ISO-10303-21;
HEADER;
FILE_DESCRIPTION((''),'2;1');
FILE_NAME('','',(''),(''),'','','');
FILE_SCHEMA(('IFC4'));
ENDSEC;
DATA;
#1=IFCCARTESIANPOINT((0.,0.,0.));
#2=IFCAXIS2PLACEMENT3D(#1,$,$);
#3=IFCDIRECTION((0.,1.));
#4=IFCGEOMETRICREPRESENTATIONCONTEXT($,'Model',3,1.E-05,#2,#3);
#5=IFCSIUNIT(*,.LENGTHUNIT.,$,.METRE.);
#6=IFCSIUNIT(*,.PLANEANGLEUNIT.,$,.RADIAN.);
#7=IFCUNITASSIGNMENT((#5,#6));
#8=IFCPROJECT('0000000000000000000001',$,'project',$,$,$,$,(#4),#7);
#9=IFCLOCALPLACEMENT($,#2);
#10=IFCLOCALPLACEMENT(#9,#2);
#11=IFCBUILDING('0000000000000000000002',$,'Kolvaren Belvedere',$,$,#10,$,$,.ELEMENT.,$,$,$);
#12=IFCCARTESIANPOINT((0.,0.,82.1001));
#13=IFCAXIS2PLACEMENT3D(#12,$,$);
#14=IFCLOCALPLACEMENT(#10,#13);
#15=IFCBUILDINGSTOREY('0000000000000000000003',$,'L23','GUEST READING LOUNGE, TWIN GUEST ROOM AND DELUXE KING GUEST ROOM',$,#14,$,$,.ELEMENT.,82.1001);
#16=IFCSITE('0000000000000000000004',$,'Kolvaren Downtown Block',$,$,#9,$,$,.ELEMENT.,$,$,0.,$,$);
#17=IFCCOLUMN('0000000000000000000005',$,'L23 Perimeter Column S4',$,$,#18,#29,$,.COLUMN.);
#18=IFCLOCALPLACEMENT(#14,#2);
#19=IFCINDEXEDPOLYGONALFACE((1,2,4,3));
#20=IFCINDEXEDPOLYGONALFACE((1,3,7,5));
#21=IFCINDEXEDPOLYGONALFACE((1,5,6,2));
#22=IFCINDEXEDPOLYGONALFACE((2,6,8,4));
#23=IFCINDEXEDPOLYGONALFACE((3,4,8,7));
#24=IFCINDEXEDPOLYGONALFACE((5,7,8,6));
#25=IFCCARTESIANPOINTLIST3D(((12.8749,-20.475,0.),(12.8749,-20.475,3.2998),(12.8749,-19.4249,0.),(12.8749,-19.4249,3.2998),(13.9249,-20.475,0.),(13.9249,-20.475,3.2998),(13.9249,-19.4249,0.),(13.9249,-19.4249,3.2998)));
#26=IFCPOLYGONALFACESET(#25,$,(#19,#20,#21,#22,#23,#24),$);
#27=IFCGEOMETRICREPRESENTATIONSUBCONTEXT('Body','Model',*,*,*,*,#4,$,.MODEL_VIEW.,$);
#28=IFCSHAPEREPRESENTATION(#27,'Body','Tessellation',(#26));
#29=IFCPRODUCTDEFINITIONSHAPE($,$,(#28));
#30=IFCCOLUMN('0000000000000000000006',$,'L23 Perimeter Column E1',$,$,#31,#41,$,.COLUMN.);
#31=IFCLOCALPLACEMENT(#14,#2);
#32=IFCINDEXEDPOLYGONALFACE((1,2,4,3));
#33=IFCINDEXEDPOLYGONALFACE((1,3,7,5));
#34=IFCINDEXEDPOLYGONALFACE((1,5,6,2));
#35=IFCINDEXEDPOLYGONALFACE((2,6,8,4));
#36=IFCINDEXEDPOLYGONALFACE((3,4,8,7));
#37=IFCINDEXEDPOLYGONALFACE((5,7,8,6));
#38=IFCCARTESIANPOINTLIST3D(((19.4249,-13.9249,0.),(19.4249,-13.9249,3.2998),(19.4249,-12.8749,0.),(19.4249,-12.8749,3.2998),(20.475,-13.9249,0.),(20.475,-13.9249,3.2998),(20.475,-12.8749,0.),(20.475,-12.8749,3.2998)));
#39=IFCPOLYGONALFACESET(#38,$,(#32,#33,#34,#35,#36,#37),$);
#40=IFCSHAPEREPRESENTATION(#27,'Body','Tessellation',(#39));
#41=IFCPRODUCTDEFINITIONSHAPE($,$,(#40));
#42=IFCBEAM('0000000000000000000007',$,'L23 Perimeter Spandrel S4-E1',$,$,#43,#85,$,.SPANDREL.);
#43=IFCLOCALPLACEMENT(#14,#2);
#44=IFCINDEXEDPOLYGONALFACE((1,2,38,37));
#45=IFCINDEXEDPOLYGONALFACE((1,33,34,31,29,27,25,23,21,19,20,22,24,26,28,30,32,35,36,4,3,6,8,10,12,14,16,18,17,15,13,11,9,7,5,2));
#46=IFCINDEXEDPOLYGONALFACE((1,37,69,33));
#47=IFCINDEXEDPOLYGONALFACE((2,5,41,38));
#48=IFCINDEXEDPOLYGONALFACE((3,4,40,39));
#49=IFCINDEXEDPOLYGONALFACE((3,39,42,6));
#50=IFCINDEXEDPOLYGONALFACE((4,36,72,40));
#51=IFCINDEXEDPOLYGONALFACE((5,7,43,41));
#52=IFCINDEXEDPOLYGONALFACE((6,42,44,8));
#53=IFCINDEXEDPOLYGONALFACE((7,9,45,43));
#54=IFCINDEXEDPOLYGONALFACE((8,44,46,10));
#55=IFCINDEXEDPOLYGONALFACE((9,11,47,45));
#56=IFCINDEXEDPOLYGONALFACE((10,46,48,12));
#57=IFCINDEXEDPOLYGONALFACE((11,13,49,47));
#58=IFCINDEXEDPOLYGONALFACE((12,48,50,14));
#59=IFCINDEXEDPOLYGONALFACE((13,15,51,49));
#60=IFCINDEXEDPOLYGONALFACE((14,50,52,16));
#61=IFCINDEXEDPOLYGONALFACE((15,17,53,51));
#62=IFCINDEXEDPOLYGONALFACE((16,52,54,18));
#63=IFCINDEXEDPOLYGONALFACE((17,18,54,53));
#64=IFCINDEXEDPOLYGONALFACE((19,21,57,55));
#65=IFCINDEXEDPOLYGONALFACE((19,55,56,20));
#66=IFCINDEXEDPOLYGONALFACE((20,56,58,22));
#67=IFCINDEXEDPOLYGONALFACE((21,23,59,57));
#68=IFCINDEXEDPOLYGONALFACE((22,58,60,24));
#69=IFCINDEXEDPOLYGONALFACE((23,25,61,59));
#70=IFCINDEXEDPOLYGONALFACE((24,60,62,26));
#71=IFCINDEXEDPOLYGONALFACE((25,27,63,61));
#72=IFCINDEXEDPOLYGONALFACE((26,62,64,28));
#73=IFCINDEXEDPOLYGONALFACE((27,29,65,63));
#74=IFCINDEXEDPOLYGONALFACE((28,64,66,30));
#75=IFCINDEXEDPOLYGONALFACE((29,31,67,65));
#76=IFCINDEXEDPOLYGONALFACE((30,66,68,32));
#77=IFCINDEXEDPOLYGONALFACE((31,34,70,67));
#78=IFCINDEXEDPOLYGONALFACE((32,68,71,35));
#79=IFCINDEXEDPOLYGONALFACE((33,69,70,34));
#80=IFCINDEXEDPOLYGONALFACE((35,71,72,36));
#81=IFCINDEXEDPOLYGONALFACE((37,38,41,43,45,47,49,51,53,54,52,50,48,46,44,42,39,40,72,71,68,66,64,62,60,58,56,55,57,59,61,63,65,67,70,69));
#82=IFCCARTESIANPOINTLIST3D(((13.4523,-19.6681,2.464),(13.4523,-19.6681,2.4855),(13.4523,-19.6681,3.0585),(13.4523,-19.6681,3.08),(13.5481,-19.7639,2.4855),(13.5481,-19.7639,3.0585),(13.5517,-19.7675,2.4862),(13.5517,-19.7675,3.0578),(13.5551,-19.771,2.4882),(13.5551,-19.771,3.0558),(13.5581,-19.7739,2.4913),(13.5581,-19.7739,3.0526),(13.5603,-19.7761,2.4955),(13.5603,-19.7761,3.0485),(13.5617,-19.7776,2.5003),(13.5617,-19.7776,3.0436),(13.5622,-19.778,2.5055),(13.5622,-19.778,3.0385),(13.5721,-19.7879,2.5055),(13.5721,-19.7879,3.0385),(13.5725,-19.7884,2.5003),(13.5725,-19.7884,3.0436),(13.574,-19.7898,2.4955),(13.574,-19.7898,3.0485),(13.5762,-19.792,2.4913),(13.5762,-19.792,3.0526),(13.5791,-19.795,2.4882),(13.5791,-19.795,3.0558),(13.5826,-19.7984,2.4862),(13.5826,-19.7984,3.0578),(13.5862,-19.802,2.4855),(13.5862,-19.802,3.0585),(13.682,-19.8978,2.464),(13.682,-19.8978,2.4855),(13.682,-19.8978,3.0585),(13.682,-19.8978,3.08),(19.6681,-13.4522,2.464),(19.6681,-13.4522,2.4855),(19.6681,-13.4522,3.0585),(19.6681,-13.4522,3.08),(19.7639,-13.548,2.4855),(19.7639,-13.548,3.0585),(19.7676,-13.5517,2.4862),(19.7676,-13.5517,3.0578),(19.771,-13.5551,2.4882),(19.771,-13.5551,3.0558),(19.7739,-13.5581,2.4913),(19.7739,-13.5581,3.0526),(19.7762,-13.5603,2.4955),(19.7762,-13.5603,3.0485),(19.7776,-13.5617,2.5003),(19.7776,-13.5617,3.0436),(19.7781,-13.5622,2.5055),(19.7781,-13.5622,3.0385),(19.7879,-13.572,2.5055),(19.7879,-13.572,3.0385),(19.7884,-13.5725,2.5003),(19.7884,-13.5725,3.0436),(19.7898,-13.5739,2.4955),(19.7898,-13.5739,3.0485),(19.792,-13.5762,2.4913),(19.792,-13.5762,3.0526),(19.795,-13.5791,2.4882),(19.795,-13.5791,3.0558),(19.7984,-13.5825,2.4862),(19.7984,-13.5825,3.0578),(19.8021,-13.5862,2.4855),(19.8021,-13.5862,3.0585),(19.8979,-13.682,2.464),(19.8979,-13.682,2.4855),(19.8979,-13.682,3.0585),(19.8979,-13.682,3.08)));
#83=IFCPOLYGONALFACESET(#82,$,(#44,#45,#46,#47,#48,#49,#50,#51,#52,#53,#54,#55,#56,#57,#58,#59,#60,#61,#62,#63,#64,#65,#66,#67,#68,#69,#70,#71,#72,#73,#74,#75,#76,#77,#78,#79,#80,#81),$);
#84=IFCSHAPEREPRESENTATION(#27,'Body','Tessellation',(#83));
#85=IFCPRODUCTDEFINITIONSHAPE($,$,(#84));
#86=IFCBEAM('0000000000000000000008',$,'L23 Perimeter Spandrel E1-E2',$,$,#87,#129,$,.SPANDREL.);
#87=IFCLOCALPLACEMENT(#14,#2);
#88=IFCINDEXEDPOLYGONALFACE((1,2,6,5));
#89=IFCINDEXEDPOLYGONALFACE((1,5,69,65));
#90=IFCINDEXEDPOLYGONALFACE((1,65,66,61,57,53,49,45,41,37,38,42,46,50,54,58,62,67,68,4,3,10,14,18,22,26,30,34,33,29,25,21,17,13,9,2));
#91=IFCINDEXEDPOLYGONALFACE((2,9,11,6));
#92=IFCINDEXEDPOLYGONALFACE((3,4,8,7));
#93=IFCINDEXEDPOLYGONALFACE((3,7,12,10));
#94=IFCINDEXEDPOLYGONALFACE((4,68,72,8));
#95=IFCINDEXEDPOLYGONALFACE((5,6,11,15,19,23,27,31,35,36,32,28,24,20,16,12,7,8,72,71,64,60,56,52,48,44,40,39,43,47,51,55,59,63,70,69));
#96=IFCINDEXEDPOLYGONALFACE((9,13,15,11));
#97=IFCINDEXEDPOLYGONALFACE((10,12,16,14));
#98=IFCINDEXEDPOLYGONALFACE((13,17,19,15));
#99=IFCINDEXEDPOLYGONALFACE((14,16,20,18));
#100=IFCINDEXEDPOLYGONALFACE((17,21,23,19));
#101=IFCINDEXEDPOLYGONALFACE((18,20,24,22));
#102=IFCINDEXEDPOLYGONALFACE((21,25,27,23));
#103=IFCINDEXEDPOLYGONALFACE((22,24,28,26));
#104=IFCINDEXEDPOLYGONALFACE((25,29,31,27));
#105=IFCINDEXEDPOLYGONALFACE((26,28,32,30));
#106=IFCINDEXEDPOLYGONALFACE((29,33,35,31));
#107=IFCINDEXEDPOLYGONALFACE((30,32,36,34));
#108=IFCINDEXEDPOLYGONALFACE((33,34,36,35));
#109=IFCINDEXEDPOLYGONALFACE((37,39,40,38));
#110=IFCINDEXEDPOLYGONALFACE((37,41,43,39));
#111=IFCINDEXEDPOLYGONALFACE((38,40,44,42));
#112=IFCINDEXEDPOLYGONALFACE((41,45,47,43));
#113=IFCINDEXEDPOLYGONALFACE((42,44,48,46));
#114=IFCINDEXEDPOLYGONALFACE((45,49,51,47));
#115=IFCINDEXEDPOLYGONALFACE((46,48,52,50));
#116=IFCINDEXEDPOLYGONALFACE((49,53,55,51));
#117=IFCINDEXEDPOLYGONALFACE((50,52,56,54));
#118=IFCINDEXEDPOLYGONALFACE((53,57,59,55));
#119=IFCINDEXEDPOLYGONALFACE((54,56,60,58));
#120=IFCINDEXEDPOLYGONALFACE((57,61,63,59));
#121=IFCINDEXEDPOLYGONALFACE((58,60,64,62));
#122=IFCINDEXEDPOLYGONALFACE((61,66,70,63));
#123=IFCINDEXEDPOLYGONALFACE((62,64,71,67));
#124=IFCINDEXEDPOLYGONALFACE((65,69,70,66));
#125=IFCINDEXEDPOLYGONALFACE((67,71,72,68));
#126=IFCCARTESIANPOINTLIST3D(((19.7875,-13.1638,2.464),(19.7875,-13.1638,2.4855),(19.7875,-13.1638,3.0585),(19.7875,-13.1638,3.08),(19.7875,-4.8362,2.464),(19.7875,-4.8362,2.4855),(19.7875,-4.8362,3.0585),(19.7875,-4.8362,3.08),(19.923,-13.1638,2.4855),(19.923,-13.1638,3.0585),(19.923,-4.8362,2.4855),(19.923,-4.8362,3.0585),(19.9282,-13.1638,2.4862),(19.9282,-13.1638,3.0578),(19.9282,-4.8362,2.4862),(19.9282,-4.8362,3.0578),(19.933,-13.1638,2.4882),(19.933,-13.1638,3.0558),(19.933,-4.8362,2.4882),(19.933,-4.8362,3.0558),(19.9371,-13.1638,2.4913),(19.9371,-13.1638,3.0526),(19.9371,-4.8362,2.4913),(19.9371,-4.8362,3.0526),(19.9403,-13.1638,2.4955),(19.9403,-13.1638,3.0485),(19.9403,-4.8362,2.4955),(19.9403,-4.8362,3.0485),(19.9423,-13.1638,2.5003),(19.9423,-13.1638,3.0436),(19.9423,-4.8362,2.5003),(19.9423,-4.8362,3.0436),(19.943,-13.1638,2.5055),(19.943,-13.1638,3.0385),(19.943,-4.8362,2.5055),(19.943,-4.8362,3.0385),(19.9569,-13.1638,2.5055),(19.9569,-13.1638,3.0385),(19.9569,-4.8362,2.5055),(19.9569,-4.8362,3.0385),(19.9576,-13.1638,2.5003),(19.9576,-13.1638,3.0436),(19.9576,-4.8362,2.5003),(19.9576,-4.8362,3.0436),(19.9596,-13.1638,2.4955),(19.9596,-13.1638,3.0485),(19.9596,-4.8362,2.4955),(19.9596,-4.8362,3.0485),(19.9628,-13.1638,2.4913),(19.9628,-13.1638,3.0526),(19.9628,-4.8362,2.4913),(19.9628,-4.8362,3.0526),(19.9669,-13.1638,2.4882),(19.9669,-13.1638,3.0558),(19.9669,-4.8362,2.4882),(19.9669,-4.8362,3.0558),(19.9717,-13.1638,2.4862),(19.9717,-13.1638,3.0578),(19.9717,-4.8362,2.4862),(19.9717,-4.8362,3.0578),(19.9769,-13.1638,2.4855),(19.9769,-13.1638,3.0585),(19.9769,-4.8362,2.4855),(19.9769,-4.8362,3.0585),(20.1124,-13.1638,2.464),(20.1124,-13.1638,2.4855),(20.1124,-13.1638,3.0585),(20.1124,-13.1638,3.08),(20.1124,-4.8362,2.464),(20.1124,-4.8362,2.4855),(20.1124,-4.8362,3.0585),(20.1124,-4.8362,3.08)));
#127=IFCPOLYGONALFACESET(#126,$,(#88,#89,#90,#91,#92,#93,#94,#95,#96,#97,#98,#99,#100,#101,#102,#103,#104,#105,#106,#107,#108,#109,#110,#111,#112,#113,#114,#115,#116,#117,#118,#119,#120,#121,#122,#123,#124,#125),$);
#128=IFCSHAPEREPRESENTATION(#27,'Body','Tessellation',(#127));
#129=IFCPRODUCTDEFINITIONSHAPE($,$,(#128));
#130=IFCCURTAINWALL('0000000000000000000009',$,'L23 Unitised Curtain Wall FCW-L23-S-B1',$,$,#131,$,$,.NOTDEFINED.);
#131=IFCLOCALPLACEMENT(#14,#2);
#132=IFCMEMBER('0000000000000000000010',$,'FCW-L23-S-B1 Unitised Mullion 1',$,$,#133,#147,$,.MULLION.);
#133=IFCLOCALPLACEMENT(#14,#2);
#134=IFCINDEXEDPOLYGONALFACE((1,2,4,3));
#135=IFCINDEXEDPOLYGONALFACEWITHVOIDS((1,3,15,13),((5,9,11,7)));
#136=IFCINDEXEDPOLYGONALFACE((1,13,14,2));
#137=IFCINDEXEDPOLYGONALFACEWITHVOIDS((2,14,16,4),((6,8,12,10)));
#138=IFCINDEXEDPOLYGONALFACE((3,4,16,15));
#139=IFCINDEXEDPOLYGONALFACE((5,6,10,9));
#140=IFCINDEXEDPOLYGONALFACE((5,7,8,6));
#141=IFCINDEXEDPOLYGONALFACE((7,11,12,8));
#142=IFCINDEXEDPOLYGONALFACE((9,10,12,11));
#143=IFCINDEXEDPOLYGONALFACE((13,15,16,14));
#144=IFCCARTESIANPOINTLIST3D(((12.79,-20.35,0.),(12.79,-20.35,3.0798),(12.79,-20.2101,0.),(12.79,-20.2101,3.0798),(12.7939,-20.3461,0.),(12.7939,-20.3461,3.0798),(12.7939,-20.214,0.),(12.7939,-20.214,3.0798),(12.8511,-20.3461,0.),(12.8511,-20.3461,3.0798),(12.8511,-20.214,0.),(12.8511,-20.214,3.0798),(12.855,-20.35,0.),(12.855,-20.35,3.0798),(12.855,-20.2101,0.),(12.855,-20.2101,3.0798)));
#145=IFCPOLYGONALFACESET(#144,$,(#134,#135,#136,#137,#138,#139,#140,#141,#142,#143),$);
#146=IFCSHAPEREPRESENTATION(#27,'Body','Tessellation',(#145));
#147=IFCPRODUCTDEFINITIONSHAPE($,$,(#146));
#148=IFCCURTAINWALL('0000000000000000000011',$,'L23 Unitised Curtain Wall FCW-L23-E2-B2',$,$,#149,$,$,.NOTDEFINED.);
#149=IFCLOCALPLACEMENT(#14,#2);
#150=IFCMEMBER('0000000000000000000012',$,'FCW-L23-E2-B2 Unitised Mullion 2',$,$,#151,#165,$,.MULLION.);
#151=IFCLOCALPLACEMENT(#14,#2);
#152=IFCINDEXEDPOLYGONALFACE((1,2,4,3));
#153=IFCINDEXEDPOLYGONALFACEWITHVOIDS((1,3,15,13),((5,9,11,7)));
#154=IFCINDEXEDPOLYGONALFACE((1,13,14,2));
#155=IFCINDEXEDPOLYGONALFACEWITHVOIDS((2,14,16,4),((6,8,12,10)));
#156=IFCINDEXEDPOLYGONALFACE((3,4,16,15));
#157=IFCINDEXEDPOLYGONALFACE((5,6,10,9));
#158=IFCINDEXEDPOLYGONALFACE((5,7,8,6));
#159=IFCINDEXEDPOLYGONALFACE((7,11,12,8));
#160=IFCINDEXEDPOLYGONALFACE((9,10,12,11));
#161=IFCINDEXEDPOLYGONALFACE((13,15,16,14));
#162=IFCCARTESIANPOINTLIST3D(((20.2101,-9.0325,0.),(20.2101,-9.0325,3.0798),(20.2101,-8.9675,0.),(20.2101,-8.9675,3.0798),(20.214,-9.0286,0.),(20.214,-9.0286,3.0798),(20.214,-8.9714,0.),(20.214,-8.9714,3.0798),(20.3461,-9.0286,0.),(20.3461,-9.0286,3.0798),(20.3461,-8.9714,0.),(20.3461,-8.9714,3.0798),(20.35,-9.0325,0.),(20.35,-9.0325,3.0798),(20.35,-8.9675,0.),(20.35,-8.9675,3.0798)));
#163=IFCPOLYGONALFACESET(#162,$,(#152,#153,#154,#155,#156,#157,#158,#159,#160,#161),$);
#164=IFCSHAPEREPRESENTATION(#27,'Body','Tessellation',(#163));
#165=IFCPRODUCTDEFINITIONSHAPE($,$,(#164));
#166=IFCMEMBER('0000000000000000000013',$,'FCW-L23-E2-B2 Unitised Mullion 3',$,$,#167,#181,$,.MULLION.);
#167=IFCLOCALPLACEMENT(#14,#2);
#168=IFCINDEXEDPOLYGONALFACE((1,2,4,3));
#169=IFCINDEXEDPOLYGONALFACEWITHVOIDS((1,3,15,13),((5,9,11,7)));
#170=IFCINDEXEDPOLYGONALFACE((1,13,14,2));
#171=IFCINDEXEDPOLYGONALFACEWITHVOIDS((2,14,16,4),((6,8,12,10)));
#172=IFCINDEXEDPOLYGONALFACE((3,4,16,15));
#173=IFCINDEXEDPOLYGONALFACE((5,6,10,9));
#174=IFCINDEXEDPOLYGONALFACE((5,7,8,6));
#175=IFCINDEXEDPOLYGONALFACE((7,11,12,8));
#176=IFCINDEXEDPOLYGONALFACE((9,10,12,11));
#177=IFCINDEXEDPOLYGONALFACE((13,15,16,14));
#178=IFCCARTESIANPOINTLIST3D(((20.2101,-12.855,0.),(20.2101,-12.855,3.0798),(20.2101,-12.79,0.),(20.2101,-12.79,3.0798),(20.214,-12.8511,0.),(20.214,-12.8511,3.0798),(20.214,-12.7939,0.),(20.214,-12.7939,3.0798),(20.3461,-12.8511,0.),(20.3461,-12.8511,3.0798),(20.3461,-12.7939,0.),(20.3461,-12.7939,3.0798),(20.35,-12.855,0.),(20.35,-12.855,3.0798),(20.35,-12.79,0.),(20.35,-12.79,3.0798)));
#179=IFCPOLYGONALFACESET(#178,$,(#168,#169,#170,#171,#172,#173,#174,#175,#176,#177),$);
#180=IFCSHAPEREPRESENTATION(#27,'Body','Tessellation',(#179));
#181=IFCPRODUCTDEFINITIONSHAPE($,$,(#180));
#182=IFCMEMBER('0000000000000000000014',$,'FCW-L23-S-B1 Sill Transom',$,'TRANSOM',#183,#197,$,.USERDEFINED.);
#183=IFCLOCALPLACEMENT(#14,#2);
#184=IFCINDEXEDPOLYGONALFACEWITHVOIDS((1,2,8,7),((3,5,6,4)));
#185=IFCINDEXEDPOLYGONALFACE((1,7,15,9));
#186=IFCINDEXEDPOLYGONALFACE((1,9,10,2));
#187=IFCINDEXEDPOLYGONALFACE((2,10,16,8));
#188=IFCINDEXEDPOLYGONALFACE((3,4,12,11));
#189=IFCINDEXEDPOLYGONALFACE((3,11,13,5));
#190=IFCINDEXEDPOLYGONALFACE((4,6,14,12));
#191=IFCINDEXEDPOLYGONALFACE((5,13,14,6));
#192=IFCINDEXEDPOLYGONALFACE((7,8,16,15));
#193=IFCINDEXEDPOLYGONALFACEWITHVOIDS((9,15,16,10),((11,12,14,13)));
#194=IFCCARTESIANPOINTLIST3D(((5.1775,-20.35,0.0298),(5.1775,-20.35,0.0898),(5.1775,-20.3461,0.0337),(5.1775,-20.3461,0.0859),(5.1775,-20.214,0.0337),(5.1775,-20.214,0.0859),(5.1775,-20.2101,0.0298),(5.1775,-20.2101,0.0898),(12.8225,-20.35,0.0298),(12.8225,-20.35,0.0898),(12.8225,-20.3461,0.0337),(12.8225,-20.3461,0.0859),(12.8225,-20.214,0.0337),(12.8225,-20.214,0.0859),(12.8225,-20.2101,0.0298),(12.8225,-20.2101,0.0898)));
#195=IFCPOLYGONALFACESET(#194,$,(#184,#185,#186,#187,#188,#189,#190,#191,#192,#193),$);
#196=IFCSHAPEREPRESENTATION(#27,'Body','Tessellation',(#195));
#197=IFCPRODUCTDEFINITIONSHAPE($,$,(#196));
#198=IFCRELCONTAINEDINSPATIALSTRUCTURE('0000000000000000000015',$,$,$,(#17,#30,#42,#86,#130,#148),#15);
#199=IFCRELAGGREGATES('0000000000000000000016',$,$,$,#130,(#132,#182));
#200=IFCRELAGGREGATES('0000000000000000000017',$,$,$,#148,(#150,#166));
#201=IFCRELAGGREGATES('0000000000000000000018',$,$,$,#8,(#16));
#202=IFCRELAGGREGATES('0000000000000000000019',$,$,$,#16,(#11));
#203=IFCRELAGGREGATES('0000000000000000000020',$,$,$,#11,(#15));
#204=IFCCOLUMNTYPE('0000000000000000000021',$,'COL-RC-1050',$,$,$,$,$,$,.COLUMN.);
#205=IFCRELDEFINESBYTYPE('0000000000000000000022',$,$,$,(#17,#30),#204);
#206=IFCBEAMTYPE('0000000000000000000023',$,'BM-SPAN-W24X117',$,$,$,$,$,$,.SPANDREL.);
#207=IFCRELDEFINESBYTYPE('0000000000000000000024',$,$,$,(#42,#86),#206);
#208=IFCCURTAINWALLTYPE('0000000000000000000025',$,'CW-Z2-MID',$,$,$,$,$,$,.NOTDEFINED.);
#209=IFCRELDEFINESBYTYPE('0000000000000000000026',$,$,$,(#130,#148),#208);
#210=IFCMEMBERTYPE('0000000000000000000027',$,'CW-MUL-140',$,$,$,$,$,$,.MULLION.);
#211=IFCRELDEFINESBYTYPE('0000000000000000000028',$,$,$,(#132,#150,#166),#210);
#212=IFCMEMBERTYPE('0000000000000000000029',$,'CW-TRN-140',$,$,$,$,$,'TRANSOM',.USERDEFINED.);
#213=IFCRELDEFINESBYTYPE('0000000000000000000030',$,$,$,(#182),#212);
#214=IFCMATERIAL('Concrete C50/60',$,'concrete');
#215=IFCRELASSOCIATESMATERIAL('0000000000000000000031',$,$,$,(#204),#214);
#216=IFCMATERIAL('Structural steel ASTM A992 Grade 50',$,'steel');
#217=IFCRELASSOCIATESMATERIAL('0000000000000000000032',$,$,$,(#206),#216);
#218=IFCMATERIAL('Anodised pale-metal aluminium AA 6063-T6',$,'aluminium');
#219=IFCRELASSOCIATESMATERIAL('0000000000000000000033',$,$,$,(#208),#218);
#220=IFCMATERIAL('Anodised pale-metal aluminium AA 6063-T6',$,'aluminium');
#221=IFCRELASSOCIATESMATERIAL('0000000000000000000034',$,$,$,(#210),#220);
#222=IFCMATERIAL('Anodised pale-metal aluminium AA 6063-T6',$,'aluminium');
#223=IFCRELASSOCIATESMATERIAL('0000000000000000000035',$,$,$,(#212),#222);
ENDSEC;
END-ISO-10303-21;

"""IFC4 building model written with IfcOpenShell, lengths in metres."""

from ifc_helpers import new_model, si_unit, direction, frame, origin, origin_2d, place, context, subcontext, project, spatial, rectangle, hollow_rectangle, i_section, extrude, material, material_profile, profile_set, type_object, element, aggregate, save


model = new_model("IFC4")

# Units and contexts
model_context = context("Model", 3, precision=1e-05, world=origin(), true_north=direction((0.0, 1.0)))
body_context = subcontext(model_context, "Body", "Model", "MODEL_VIEW")
ifc_project = project(units=[si_unit("LENGTHUNIT", "METRE"), si_unit("PLANEANGLEUNIT", "RADIAN")], contexts=[model_context])

# Site, building, storey
site_placement = place(None, origin())
site = spatial("IfcSite", under=ifc_project, at=site_placement, Name="Kolvaren Downtown Block", CompositionType="ELEMENT", RefElevation=0.0)
building_placement = place(site_placement, origin())
building = spatial("IfcBuilding", under=site, at=building_placement, Name="Kolvaren Belvedere", CompositionType="ELEMENT")
storey_placement = place(building_placement, frame((0.0, 0.0, 82.1001)))
storey = spatial("IfcBuildingStorey", under=building, at=storey_placement, Name="L23", Description="GUEST READING LOUNGE, TWIN GUEST ROOM AND DELUXE KING GUEST ROOM", CompositionType="ELEMENT", Elevation=82.1001)

# Columns
ifc_material_1 = material(Name="Concrete C50/60", Category="concrete")
ifc_material_profile_1 = material_profile(ifc_material_1, rectangle(XDim=1.05, YDim=1.05, at=origin_2d()), Name="RC 1050X1050")
ifc_profile_set_1 = profile_set([ifc_material_profile_1], Name="Concrete C50/60")
column_type = type_object("IfcColumnType", Name="COL-RC-1050", PredefinedType="COLUMN", material=ifc_profile_set_1)
for number, where, z_axis, x_axis, name in (
    (1, (13.3999, -19.95, 0.0), (0.0, 0.0, 1.0), (1.0, 0.0, 0.0), "L23 Perimeter Column S4"),
    (2, (19.95, -13.3999, 0.0), (0.0, 0.0, 1.0), (1.0, 0.0, 0.0), "L23 Perimeter Column E1"),
):
    element("IfcColumn", number, at=place(storey_placement, frame(where, z_axis=z_axis, x_axis=x_axis)), inside=storey, type_object=column_type, Name=name, PredefinedType="COLUMN", context=body_context, shape_type="SweptSolid", body=[
        extrude(rectangle(XDim=1.05, YDim=1.05, at=origin_2d()), origin(), (0.0, 0.0, 1.0), 3.2998),
    ])

# Beams
ifc_material_2 = material(Name="Structural steel ASTM A992 Grade 50", Category="steel")
ifc_material_profile_2 = material_profile(ifc_material_2, i_section(OverallWidth=0.325, OverallDepth=0.616, WebThickness=0.0139, FlangeThickness=0.0215, FilletRadius=0.02, at=origin_2d()), Name="W24X117")
ifc_profile_set_2 = profile_set([ifc_material_profile_2], Name="Structural steel ASTM A992 Grade 50")
beam_type = type_object("IfcBeamType", Name="BM-SPAN-W24X117", PredefinedType="SPANDREL", material=ifc_profile_set_2)
beam_1_placement = place(storey_placement, frame((13.5671, -19.783, 2.772), z_axis=(0.707107, 0.707107, 0.0), x_axis=(-0.707107, 0.707107, 0.0)))
element("IfcBeam", 3, at=beam_1_placement, inside=storey, type_object=beam_type, Name="L23 Perimeter Spandrel S4-E1", PredefinedType="SPANDREL", context=body_context, shape_type="SweptSolid", body=[
    extrude(i_section(OverallWidth=0.325, OverallDepth=0.616, WebThickness=0.0139, FlangeThickness=0.0215, FilletRadius=0.02, at=origin_2d()), origin(), (0.0, 0.0, 1.0), 8.7905),
])
beam_2_placement = place(storey_placement, frame((19.95, -13.1638, 2.772), z_axis=(0.0, 1.0, 0.0), x_axis=(-1.0, 0.0, 0.0)))
element("IfcBeam", 4, at=beam_2_placement, inside=storey, type_object=beam_type, Name="L23 Perimeter Spandrel E1-E2", PredefinedType="SPANDREL", context=body_context, shape_type="SweptSolid", body=[
    extrude(i_section(OverallWidth=0.325, OverallDepth=0.616, WebThickness=0.0139, FlangeThickness=0.0215, FilletRadius=0.02, at=origin_2d()), origin(), (0.0, 0.0, 1.0), 8.3276),
])

# Curtain wall, member
ifc_material_3 = material(Name="Anodised pale-metal aluminium AA 6063-T6", Category="aluminium")
curtain_wall_type = type_object("IfcCurtainWallType", Name="CW-Z2-MID", PredefinedType="NOTDEFINED", material=ifc_material_3)
curtain_wall_1_placement = place(storey_placement, origin())
curtain_wall_1 = element("IfcCurtainWall", 5, at=curtain_wall_1_placement, inside=storey, type_object=curtain_wall_type, Name="L23 Unitised Curtain Wall FCW-L23-S-B1", PredefinedType="NOTDEFINED")
ifc_material_4 = material(Name="Anodised pale-metal aluminium AA 6063-T6", Category="aluminium")
ifc_material_profile_3 = material_profile(ifc_material_4, hollow_rectangle(XDim=0.0649, YDim=0.1399, WallThickness=0.0039, at=origin_2d()), Name="ALU-MUL-140X65")
ifc_profile_set_3 = profile_set([ifc_material_profile_3], Name="Anodised pale-metal aluminium AA 6063-T6")
member_type_1 = type_object("IfcMemberType", Name="CW-MUL-140", PredefinedType="MULLION", material=ifc_profile_set_3)
member_1_placement = place(storey_placement, frame((12.8225, -20.28, 0.0), z_axis=(0.0, 0.0, 1.0), x_axis=(1.0, 0.0, 0.0)))
member_1 = element("IfcMember", 6, at=member_1_placement, type_object=member_type_1, Name="FCW-L23-S-B1 Unitised Mullion 1", PredefinedType="MULLION", context=body_context, shape_type="SweptSolid", body=[
    extrude(hollow_rectangle(XDim=0.0649, YDim=0.1399, WallThickness=0.0039, at=origin_2d()), origin(), (0.0, 0.0, 1.0), 3.0798),
])

# Curtain wall, members
curtain_wall_2_placement = place(storey_placement, origin())
curtain_wall_2 = element("IfcCurtainWall", 7, at=curtain_wall_2_placement, inside=storey, type_object=curtain_wall_type, Name="L23 Unitised Curtain Wall FCW-L23-E2-B2", PredefinedType="NOTDEFINED")
member_2_placement = place(storey_placement, frame((20.28, -9.0, 0.0), z_axis=(0.0, 0.0, 1.0), x_axis=(0.0, 1.0, 0.0)))
member_2 = element("IfcMember", 8, at=member_2_placement, type_object=member_type_1, Name="FCW-L23-E2-B2 Unitised Mullion 2", PredefinedType="MULLION", context=body_context, shape_type="SweptSolid", body=[
    extrude(hollow_rectangle(XDim=0.0649, YDim=0.1399, WallThickness=0.0039, at=origin_2d()), origin(), (0.0, 0.0, 1.0), 3.0798),
])
member_3_placement = place(storey_placement, frame((20.28, -12.8225, 0.0), z_axis=(0.0, 0.0, 1.0), x_axis=(0.0, 1.0, 0.0)))
member_3 = element("IfcMember", 9, at=member_3_placement, type_object=member_type_1, Name="FCW-L23-E2-B2 Unitised Mullion 3", PredefinedType="MULLION", context=body_context, shape_type="SweptSolid", body=[
    extrude(hollow_rectangle(XDim=0.0649, YDim=0.1399, WallThickness=0.0039, at=origin_2d()), origin(), (0.0, 0.0, 1.0), 3.0798),
])

# Member
ifc_material_5 = material(Name="Anodised pale-metal aluminium AA 6063-T6", Category="aluminium")
ifc_material_profile_4 = material_profile(ifc_material_5, hollow_rectangle(XDim=0.0601, YDim=0.1399, WallThickness=0.0039, at=origin_2d()), Name="ALU-TRN-140X60")
ifc_profile_set_4 = profile_set([ifc_material_profile_4], Name="Anodised pale-metal aluminium AA 6063-T6")
member_type_2 = type_object("IfcMemberType", Name="CW-TRN-140", ElementType="TRANSOM", PredefinedType="USERDEFINED", material=ifc_profile_set_4)
member_4_placement = place(storey_placement, frame((12.8225, -20.28, 0.0598), z_axis=(-1.0, 0.0, 0.0), x_axis=(0.0, 0.0, 1.0)))
member_4 = element("IfcMember", 10, at=member_4_placement, type_object=member_type_2, Name="FCW-L23-S-B1 Sill Transom", ObjectType="TRANSOM", PredefinedType="USERDEFINED", context=body_context, shape_type="SweptSolid", body=[
    extrude(hollow_rectangle(XDim=0.0601, YDim=0.1399, WallThickness=0.0039, at=origin_2d()), origin(), (0.0, 0.0, 1.0), 7.645),
])

aggregate(curtain_wall_1, [member_1, member_4])
aggregate(curtain_wall_2, [member_2, member_3])

save(model, "model.ifc")
